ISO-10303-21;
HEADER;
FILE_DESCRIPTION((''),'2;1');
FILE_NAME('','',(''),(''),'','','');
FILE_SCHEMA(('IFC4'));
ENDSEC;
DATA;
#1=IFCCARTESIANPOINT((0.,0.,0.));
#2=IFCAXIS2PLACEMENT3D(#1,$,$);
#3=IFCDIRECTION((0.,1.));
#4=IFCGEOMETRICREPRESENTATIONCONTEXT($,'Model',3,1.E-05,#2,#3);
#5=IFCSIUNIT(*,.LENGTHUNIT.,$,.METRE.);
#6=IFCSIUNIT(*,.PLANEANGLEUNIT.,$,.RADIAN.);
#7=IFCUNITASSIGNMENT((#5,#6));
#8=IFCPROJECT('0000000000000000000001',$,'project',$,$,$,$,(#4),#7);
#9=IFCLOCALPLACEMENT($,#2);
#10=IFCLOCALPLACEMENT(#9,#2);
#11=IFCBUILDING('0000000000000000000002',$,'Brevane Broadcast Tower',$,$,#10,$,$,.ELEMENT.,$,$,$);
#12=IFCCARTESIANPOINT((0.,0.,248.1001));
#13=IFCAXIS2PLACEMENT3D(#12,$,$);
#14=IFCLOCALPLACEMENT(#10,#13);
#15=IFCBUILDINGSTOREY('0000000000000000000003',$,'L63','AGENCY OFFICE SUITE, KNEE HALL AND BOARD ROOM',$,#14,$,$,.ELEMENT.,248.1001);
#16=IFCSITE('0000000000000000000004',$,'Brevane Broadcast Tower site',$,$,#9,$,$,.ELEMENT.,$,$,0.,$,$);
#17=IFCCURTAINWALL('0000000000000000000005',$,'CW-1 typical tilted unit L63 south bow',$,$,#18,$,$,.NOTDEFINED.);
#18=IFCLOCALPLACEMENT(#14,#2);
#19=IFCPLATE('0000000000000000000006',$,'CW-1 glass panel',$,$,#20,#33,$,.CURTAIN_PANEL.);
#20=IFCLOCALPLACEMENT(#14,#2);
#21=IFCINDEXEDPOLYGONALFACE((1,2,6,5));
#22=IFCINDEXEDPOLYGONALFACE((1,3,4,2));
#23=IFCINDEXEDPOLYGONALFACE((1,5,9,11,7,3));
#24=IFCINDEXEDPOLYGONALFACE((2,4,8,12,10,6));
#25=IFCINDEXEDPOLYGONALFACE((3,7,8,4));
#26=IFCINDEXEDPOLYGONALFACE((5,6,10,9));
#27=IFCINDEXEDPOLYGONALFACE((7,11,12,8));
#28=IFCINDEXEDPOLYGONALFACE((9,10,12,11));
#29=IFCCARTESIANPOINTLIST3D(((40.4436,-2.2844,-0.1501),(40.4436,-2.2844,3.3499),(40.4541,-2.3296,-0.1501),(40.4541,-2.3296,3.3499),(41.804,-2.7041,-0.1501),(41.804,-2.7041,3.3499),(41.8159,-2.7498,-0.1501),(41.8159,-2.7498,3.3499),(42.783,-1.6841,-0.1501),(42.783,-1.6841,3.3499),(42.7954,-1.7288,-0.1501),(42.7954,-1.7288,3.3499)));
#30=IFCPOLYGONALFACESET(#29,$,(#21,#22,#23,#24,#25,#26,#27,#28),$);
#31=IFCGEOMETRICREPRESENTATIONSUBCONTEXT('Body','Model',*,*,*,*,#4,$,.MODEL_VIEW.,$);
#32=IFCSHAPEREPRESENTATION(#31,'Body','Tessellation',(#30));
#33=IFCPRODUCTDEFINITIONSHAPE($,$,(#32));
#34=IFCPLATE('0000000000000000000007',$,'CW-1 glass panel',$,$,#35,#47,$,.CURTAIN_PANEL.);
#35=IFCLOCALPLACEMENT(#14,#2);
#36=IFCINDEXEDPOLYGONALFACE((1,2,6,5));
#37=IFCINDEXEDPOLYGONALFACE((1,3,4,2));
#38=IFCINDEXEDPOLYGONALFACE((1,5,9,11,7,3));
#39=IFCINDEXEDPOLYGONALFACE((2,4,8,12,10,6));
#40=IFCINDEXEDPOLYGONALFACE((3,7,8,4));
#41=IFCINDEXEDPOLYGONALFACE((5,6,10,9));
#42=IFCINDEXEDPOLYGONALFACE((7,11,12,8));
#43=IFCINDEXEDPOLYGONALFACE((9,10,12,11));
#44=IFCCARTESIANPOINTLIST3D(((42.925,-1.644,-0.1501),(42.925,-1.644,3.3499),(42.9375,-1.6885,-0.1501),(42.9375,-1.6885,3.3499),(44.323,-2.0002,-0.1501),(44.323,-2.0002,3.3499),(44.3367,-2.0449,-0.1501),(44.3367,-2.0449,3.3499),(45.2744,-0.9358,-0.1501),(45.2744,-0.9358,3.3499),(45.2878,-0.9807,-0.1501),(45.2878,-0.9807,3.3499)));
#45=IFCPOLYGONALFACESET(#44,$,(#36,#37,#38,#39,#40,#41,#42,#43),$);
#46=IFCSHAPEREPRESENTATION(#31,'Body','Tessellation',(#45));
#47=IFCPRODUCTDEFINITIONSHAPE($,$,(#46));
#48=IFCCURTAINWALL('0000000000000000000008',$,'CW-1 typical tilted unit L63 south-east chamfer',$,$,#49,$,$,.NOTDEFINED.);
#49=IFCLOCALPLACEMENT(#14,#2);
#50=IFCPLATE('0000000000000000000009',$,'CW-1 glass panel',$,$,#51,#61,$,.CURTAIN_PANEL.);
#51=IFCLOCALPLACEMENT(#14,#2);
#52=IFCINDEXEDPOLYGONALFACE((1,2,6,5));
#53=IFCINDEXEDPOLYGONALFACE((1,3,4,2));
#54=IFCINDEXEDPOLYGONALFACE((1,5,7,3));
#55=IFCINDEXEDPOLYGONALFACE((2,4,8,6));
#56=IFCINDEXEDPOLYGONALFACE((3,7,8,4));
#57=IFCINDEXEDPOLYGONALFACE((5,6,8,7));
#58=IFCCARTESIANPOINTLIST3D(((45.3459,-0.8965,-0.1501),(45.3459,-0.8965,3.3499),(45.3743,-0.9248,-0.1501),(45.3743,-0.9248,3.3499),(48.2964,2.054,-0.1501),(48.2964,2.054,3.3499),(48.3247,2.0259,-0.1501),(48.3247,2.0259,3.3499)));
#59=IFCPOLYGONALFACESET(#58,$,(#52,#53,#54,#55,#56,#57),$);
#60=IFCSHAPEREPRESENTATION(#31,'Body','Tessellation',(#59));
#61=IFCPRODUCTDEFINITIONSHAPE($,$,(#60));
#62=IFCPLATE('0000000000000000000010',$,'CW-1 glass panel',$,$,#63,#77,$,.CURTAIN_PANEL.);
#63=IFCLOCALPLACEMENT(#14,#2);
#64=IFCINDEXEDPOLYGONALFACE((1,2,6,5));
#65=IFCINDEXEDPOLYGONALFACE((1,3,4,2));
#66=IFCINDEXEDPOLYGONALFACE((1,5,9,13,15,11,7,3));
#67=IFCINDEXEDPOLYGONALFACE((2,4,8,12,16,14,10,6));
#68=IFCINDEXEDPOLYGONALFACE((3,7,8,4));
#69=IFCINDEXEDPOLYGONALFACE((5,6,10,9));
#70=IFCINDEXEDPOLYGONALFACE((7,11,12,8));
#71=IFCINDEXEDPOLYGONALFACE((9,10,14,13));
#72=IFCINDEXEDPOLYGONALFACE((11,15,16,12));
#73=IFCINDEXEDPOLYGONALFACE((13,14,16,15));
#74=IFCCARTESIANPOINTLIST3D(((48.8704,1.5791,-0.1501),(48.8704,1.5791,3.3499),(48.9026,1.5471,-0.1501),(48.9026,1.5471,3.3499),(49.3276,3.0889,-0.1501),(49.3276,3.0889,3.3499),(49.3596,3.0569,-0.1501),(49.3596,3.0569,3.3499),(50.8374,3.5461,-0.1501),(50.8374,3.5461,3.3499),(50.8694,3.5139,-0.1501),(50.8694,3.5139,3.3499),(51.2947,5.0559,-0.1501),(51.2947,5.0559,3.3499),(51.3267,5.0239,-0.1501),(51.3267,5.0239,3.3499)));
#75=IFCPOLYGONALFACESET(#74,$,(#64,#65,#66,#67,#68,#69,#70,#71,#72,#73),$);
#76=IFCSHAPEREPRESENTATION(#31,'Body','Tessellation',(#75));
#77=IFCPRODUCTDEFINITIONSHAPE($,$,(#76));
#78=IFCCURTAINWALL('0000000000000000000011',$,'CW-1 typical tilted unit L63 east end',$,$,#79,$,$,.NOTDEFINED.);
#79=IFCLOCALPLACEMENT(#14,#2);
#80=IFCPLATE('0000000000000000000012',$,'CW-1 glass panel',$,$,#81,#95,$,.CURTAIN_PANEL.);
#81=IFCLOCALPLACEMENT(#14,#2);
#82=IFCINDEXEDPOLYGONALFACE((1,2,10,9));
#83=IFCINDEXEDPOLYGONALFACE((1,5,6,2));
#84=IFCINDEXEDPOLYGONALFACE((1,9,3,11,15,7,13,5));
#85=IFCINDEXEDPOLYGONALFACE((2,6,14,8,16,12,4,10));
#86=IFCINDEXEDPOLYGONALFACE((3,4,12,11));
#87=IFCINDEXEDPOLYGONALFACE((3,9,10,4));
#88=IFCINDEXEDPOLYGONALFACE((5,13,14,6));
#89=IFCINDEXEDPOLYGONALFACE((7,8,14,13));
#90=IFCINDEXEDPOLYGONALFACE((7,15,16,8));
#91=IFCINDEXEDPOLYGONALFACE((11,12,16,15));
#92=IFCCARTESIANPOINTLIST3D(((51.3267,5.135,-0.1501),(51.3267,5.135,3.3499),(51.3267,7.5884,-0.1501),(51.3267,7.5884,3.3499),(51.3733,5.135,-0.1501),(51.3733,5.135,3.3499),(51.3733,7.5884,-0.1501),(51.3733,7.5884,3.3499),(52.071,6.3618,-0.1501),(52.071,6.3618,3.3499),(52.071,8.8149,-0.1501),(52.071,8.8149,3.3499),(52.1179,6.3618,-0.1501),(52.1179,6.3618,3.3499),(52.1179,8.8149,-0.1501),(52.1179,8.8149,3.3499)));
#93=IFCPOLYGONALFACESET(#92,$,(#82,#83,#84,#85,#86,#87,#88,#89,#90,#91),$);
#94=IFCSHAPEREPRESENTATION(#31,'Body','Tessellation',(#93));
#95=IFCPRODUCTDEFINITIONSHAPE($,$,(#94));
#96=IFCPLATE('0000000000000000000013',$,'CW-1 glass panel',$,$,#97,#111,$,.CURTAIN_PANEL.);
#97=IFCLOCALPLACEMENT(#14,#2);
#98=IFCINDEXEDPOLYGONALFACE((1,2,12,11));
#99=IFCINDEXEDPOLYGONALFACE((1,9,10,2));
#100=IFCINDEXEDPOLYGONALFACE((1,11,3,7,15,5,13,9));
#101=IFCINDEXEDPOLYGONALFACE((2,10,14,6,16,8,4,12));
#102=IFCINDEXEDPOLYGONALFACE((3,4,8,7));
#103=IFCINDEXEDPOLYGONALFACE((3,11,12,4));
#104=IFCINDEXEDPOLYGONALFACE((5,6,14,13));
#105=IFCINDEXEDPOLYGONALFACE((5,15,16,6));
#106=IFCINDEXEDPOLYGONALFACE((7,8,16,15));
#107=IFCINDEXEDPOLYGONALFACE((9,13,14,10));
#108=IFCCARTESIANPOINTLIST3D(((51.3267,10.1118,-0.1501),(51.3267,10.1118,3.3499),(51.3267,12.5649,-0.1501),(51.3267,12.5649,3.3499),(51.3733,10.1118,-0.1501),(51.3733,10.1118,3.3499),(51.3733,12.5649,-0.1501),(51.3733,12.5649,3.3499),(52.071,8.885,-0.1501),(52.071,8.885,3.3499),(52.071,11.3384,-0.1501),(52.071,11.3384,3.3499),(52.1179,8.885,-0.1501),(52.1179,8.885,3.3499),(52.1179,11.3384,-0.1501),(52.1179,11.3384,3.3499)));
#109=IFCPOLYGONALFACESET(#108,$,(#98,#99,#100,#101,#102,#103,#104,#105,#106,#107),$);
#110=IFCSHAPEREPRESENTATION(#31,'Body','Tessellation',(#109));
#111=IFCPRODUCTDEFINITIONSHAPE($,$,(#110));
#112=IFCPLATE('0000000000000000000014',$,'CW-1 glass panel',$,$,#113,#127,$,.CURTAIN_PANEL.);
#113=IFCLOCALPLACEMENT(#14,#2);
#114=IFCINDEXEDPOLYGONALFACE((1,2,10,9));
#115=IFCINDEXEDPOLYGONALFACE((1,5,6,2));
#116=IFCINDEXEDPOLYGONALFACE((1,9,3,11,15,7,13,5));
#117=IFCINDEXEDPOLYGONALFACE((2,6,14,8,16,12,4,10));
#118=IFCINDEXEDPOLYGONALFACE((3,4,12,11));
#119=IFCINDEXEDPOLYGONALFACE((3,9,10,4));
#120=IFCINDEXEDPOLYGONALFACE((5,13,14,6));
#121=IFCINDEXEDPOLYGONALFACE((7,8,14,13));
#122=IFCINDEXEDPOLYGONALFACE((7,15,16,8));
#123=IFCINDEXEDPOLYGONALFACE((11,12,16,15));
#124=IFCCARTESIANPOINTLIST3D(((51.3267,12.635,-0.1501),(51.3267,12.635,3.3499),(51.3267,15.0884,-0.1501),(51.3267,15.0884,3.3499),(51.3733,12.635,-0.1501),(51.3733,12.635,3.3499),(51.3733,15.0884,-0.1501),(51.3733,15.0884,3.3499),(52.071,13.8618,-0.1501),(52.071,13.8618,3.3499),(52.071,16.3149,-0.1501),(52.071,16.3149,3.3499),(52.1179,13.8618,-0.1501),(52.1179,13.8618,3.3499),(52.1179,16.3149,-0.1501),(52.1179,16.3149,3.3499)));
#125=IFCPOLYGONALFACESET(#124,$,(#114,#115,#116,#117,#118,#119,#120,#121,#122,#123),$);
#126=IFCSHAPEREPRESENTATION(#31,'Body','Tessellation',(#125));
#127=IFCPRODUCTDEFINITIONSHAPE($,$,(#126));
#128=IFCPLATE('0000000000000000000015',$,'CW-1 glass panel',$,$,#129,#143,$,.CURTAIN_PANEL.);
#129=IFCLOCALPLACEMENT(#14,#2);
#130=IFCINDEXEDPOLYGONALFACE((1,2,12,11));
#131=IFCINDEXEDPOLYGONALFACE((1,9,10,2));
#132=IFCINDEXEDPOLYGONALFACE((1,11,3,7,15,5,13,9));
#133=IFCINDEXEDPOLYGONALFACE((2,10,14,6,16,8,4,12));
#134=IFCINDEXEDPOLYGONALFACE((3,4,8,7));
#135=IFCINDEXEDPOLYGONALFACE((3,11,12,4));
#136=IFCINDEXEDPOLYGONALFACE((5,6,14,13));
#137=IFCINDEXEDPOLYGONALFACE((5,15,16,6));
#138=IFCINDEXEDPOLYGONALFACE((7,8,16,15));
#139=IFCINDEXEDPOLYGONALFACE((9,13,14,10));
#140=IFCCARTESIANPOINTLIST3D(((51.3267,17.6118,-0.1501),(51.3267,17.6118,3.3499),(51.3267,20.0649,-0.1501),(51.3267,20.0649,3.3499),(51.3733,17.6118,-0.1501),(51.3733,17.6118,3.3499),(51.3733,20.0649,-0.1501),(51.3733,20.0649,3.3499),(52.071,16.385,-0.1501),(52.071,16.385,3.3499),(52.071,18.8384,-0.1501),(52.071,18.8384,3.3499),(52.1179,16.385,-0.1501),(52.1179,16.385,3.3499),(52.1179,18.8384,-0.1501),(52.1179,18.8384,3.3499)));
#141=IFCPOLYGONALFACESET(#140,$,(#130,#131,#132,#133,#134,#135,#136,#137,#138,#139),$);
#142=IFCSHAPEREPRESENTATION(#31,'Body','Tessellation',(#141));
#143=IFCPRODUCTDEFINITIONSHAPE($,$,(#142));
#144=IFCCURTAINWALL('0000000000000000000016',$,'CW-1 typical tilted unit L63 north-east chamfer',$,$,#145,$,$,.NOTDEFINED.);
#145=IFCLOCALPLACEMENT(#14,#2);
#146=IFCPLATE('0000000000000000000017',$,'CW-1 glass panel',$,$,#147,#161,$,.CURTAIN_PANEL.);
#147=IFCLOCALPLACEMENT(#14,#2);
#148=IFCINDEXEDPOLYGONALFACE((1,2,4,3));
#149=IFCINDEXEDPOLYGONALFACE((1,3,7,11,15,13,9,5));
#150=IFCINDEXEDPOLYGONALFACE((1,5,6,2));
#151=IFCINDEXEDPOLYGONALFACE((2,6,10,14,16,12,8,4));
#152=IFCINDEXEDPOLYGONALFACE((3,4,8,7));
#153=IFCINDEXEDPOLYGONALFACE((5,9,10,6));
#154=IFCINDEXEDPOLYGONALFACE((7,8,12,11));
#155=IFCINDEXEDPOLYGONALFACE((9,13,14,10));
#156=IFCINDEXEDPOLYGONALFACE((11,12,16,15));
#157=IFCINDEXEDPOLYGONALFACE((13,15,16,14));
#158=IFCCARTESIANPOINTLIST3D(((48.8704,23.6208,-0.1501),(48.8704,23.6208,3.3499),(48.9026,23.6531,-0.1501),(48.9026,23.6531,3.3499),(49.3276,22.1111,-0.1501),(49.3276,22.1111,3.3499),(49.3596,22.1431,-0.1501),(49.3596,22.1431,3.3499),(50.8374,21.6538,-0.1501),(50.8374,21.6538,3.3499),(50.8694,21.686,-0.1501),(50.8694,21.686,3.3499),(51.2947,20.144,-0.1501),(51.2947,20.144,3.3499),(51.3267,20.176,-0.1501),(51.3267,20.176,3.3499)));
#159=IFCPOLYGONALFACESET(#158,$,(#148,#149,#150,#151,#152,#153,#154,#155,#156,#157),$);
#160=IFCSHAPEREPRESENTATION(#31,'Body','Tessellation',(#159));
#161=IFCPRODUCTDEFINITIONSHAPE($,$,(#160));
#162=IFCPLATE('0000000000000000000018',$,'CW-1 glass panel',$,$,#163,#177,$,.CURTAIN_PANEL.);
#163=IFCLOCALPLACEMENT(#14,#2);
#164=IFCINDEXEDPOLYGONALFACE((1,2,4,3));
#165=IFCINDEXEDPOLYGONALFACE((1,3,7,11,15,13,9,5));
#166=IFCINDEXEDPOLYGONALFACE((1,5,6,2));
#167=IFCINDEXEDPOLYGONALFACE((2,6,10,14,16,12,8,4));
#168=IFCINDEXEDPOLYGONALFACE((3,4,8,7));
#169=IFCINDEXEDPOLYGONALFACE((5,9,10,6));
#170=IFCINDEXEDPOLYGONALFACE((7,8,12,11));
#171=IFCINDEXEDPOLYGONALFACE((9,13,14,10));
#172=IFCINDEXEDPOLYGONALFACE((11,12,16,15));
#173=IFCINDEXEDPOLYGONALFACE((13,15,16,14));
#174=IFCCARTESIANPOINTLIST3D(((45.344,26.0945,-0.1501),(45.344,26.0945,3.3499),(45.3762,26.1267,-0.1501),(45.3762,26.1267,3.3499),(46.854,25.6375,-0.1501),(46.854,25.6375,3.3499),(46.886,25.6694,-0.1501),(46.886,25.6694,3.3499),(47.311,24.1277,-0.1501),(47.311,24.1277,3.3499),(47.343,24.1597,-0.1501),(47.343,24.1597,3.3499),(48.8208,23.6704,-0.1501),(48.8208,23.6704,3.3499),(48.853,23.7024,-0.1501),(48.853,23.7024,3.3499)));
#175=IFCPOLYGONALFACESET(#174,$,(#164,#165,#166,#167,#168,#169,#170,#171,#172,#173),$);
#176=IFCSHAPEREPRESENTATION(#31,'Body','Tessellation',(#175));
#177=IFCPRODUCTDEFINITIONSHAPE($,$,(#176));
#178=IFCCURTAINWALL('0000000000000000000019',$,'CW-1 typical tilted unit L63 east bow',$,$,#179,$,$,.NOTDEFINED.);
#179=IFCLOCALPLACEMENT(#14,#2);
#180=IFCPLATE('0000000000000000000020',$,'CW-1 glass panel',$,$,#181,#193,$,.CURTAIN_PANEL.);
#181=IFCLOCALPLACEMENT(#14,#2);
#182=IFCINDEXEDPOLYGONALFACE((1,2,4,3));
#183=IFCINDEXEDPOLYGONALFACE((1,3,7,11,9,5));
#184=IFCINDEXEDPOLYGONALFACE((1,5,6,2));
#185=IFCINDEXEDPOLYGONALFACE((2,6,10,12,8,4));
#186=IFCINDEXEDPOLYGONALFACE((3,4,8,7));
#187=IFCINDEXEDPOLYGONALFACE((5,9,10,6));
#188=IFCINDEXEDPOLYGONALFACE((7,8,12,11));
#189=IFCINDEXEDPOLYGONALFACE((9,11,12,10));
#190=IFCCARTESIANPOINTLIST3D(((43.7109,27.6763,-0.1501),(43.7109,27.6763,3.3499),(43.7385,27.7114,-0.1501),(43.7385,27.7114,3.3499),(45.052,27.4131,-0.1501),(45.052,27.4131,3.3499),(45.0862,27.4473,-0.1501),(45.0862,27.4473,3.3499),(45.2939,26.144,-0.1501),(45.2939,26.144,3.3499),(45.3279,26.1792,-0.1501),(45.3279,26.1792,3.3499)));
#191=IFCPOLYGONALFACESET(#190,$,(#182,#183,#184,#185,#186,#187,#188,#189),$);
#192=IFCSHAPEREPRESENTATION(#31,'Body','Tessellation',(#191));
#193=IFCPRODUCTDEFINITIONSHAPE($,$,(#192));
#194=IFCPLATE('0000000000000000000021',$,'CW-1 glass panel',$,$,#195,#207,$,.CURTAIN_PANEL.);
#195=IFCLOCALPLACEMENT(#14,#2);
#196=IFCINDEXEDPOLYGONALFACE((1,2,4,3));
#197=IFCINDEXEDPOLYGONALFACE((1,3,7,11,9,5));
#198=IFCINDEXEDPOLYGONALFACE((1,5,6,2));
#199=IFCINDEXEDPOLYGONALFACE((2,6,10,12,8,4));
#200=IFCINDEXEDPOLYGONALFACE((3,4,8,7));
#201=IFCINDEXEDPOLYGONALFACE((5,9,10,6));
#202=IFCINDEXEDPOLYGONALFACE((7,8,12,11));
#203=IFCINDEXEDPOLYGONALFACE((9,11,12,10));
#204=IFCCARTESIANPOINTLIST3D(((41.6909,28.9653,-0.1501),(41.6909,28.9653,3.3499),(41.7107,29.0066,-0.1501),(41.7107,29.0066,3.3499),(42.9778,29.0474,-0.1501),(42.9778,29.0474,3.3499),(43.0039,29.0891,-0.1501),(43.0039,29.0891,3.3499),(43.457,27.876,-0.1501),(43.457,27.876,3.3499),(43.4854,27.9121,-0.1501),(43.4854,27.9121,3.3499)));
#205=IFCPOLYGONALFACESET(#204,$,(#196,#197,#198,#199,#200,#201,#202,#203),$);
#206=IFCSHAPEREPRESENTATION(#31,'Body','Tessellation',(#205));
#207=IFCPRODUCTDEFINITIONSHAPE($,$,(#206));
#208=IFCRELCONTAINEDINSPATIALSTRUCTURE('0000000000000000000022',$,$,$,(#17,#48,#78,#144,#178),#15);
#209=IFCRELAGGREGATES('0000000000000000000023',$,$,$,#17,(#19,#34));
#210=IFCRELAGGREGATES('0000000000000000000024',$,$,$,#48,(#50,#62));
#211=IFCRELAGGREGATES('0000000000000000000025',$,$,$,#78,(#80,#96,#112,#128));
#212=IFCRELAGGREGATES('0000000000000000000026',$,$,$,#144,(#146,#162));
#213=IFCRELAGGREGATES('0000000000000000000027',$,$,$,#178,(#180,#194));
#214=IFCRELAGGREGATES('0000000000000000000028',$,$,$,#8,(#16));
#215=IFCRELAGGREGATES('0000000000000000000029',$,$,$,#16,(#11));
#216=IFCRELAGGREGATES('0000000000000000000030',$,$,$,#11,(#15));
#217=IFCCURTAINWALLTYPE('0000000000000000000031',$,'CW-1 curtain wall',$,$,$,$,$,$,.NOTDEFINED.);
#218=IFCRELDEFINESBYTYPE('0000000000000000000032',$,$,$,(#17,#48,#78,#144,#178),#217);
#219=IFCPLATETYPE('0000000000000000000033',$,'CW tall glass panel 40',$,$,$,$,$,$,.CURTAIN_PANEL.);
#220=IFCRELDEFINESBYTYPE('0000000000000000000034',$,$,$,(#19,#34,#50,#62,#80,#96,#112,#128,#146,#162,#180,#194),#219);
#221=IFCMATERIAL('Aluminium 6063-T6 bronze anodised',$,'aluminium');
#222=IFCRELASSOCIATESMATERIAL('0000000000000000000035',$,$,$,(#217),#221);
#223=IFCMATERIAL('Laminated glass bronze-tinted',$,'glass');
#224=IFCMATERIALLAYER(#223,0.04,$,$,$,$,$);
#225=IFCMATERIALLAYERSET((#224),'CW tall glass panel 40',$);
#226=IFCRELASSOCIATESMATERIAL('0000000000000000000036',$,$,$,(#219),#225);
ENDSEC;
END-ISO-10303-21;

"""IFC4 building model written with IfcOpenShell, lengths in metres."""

from ifc_helpers import new_model, si_unit, direction, frame, origin, place, context, subcontext, project, spatial, polyline, outline, extrude, material, layer, layer_set, type_object, element, aggregate, save


model = new_model("IFC4")

# Units and contexts
model_context = context("Model", 3, precision=1e-05, world=origin(), true_north=direction((0.0, 1.0)))
body_context = subcontext(model_context, "Body", "Model", "MODEL_VIEW")
ifc_project = project(units=[si_unit("LENGTHUNIT", "METRE"), si_unit("PLANEANGLEUNIT", "RADIAN")], contexts=[model_context])

# Site, building, storey
site_placement = place(None, origin())
site = spatial("IfcSite", under=ifc_project, at=site_placement, Name="Brevane Broadcast Tower site", CompositionType="ELEMENT", RefElevation=0.0)
building_placement = place(site_placement, origin())
building = spatial("IfcBuilding", under=site, at=building_placement, Name="Brevane Broadcast Tower", CompositionType="ELEMENT")
storey_placement = place(building_placement, frame((0.0, 0.0, 248.1001)))
storey = spatial("IfcBuildingStorey", under=building, at=storey_placement, Name="L63", Description="AGENCY OFFICE SUITE, KNEE HALL AND BOARD ROOM", CompositionType="ELEMENT", Elevation=248.1001)

# Curtain walls, plates
ifc_material_1 = material(Name="Aluminium 6063-T6 bronze anodised", Category="aluminium")
curtain_wall_type = type_object("IfcCurtainWallType", Name="CW-1 curtain wall", PredefinedType="NOTDEFINED", material=ifc_material_1)
curtain_wall_1_placement = place(storey_placement, origin())
curtain_wall_1 = element("IfcCurtainWall", 1, at=curtain_wall_1_placement, inside=storey, type_object=curtain_wall_type, Name="CW-1 typical tilted unit L63 south bow", PredefinedType="NOTDEFINED")
ifc_material_2 = material(Name="Laminated glass bronze-tinted", Category="glass")
ifc_layer = layer(ifc_material_2, 0.04)
ifc_layer_set = layer_set([ifc_layer], Name="CW tall glass panel 40")
plate_type = type_object("IfcPlateType", Name="CW tall glass panel 40", PredefinedType="CURTAIN_PANEL", material=ifc_layer_set)
plate_1_placement = place(storey_placement, frame((0.0, 0.0, -0.1501)))
plate_1 = element("IfcPlate", 2, at=plate_1_placement, type_object=plate_type, Name="CW-1 glass panel", PredefinedType="CURTAIN_PANEL", context=body_context, shape_type="SweptSolid", body=[
    extrude(outline(polyline([(40.4436, -2.2844), (40.4541, -2.3296), (41.8159, -2.7498), (42.7954, -1.7288), (42.783, -1.6841), (41.804, -2.7041), (40.4436, -2.2844)])), origin(), (0.0, 0.0, 1.0), 3.5),
])
plate_2_placement = place(storey_placement, frame((0.0, 0.0, -0.1501)))
plate_2 = element("IfcPlate", 3, at=plate_2_placement, type_object=plate_type, Name="CW-1 glass panel", PredefinedType="CURTAIN_PANEL", context=body_context, shape_type="SweptSolid", body=[
    extrude(outline(polyline([(42.925, -1.644), (42.9375, -1.6885), (44.3367, -2.0449), (45.2878, -0.9807), (45.2744, -0.9358), (44.323, -2.0002), (42.925, -1.644)])), origin(), (0.0, 0.0, 1.0), 3.5),
])
aggregate(curtain_wall_1, [plate_1, plate_2])
curtain_wall_2_placement = place(storey_placement, origin())
curtain_wall_2 = element("IfcCurtainWall", 4, at=curtain_wall_2_placement, inside=storey, type_object=curtain_wall_type, Name="CW-1 typical tilted unit L63 south-east chamfer", PredefinedType="NOTDEFINED")
plate_3_placement = place(storey_placement, frame((0.0, 0.0, -0.1501)))
plate_3 = element("IfcPlate", 5, at=plate_3_placement, type_object=plate_type, Name="CW-1 glass panel", PredefinedType="CURTAIN_PANEL", context=body_context, shape_type="SweptSolid", body=[
    extrude(outline(polyline([(45.3459, -0.8965), (48.2964, 2.054), (48.3247, 2.0259), (45.3743, -0.9248), (45.3459, -0.8965)])), origin(), (0.0, 0.0, 1.0), 3.5),
])
plate_4_placement = place(storey_placement, frame((0.0, 0.0, -0.1501)))
plate_4 = element("IfcPlate", 6, at=plate_4_placement, type_object=plate_type, Name="CW-1 glass panel", PredefinedType="CURTAIN_PANEL", context=body_context, shape_type="SweptSolid", body=[
    extrude(outline(polyline([(48.8704, 1.5791), (48.9026, 1.5471), (49.3596, 3.0569), (50.8694, 3.5139), (51.3267, 5.0239), (51.2947, 5.0559), (50.8374, 3.5461), (49.3276, 3.0889), (48.8704, 1.5791)])), origin(), (0.0, 0.0, 1.0), 3.5),
])
aggregate(curtain_wall_2, [plate_3, plate_4])
curtain_wall_3_placement = place(storey_placement, origin())
curtain_wall_3 = element("IfcCurtainWall", 7, at=curtain_wall_3_placement, inside=storey, type_object=curtain_wall_type, Name="CW-1 typical tilted unit L63 east end", PredefinedType="NOTDEFINED")
plate_5_placement = place(storey_placement, frame((0.0, 0.0, -0.1501)))
plate_5 = element("IfcPlate", 8, at=plate_5_placement, type_object=plate_type, Name="CW-1 glass panel", PredefinedType="CURTAIN_PANEL", context=body_context, shape_type="SweptSolid", body=[
    extrude(outline(polyline([(51.3267, 5.135), (51.3733, 5.135), (52.1179, 6.3618), (51.3733, 7.5884), (52.1179, 8.8149), (52.071, 8.8149), (51.3267, 7.5884), (52.071, 6.3618), (51.3267, 5.135)])), origin(), (0.0, 0.0, 1.0), 3.5),
])
plate_6_placement = place(storey_placement, frame((0.0, 0.0, -0.1501)))
plate_6 = element("IfcPlate", 9, at=plate_6_placement, type_object=plate_type, Name="CW-1 glass panel", PredefinedType="CURTAIN_PANEL", context=body_context, shape_type="SweptSolid", body=[
    extrude(outline(polyline([(52.071, 8.885), (52.1179, 8.885), (51.3733, 10.1118), (52.1179, 11.3384), (51.3733, 12.5649), (51.3267, 12.5649), (52.071, 11.3384), (51.3267, 10.1118), (52.071, 8.885)])), origin(), (0.0, 0.0, 1.0), 3.5),
])
plate_7_placement = place(storey_placement, frame((0.0, 0.0, -0.1501)))
plate_7 = element("IfcPlate", 10, at=plate_7_placement, type_object=plate_type, Name="CW-1 glass panel", PredefinedType="CURTAIN_PANEL", context=body_context, shape_type="SweptSolid", body=[
    extrude(outline(polyline([(51.3267, 12.635), (51.3733, 12.635), (52.1179, 13.8618), (51.3733, 15.0884), (52.1179, 16.3149), (52.071, 16.3149), (51.3267, 15.0884), (52.071, 13.8618), (51.3267, 12.635)])), origin(), (0.0, 0.0, 1.0), 3.5),
])
plate_8_placement = place(storey_placement, frame((0.0, 0.0, -0.1501)))
plate_8 = element("IfcPlate", 11, at=plate_8_placement, type_object=plate_type, Name="CW-1 glass panel", PredefinedType="CURTAIN_PANEL", context=body_context, shape_type="SweptSolid", body=[
    extrude(outline(polyline([(52.071, 16.385), (52.1179, 16.385), (51.3733, 17.6118), (52.1179, 18.8384), (51.3733, 20.0649), (51.3267, 20.0649), (52.071, 18.8384), (51.3267, 17.6118), (52.071, 16.385)])), origin(), (0.0, 0.0, 1.0), 3.5),
])
aggregate(curtain_wall_3, [plate_5, plate_6, plate_7, plate_8])
curtain_wall_4_placement = place(storey_placement, origin())
curtain_wall_4 = element("IfcCurtainWall", 12, at=curtain_wall_4_placement, inside=storey, type_object=curtain_wall_type, Name="CW-1 typical tilted unit L63 north-east chamfer", PredefinedType="NOTDEFINED")
plate_9_placement = place(storey_placement, frame((0.0, 0.0, -0.1501)))
plate_9 = element("IfcPlate", 13, at=plate_9_placement, type_object=plate_type, Name="CW-1 glass panel", PredefinedType="CURTAIN_PANEL", context=body_context, shape_type="SweptSolid", body=[
    extrude(outline(polyline([(51.2947, 20.144), (51.3267, 20.176), (50.8694, 21.686), (49.3596, 22.1431), (48.9026, 23.6531), (48.8704, 23.6208), (49.3276, 22.1111), (50.8374, 21.6538), (51.2947, 20.144)])), origin(), (0.0, 0.0, 1.0), 3.5),
])
plate_10_placement = place(storey_placement, frame((0.0, 0.0, -0.1501)))
plate_10 = element("IfcPlate", 14, at=plate_10_placement, type_object=plate_type, Name="CW-1 glass panel", PredefinedType="CURTAIN_PANEL", context=body_context, shape_type="SweptSolid", body=[
    extrude(outline(polyline([(48.8208, 23.6704), (48.853, 23.7024), (47.343, 24.1597), (46.886, 25.6694), (45.3762, 26.1267), (45.344, 26.0945), (46.854, 25.6375), (47.311, 24.1277), (48.8208, 23.6704)])), origin(), (0.0, 0.0, 1.0), 3.5),
])
aggregate(curtain_wall_4, [plate_9, plate_10])
curtain_wall_5_placement = place(storey_placement, origin())
curtain_wall_5 = element("IfcCurtainWall", 15, at=curtain_wall_5_placement, inside=storey, type_object=curtain_wall_type, Name="CW-1 typical tilted unit L63 east bow", PredefinedType="NOTDEFINED")
plate_11_placement = place(storey_placement, frame((0.0, 0.0, -0.1501)))
plate_11 = element("IfcPlate", 16, at=plate_11_placement, type_object=plate_type, Name="CW-1 glass panel", PredefinedType="CURTAIN_PANEL", context=body_context, shape_type="SweptSolid", body=[
    extrude(outline(polyline([(45.2939, 26.144), (45.3279, 26.1792), (45.0862, 27.4473), (43.7385, 27.7114), (43.7109, 27.6763), (45.052, 27.4131), (45.2939, 26.144)])), origin(), (0.0, 0.0, 1.0), 3.5),
])
plate_12_placement = place(storey_placement, frame((0.0, 0.0, -0.1501)))
plate_12 = element("IfcPlate", 17, at=plate_12_placement, type_object=plate_type, Name="CW-1 glass panel", PredefinedType="CURTAIN_PANEL", context=body_context, shape_type="SweptSolid", body=[
    extrude(outline(polyline([(43.457, 27.876), (43.4854, 27.9121), (43.0039, 29.0891), (41.7107, 29.0066), (41.6909, 28.9653), (42.9778, 29.0474), (43.457, 27.876)])), origin(), (0.0, 0.0, 1.0), 3.5),
])
aggregate(curtain_wall_5, [plate_11, plate_12])

save(model, "model.ifc")
